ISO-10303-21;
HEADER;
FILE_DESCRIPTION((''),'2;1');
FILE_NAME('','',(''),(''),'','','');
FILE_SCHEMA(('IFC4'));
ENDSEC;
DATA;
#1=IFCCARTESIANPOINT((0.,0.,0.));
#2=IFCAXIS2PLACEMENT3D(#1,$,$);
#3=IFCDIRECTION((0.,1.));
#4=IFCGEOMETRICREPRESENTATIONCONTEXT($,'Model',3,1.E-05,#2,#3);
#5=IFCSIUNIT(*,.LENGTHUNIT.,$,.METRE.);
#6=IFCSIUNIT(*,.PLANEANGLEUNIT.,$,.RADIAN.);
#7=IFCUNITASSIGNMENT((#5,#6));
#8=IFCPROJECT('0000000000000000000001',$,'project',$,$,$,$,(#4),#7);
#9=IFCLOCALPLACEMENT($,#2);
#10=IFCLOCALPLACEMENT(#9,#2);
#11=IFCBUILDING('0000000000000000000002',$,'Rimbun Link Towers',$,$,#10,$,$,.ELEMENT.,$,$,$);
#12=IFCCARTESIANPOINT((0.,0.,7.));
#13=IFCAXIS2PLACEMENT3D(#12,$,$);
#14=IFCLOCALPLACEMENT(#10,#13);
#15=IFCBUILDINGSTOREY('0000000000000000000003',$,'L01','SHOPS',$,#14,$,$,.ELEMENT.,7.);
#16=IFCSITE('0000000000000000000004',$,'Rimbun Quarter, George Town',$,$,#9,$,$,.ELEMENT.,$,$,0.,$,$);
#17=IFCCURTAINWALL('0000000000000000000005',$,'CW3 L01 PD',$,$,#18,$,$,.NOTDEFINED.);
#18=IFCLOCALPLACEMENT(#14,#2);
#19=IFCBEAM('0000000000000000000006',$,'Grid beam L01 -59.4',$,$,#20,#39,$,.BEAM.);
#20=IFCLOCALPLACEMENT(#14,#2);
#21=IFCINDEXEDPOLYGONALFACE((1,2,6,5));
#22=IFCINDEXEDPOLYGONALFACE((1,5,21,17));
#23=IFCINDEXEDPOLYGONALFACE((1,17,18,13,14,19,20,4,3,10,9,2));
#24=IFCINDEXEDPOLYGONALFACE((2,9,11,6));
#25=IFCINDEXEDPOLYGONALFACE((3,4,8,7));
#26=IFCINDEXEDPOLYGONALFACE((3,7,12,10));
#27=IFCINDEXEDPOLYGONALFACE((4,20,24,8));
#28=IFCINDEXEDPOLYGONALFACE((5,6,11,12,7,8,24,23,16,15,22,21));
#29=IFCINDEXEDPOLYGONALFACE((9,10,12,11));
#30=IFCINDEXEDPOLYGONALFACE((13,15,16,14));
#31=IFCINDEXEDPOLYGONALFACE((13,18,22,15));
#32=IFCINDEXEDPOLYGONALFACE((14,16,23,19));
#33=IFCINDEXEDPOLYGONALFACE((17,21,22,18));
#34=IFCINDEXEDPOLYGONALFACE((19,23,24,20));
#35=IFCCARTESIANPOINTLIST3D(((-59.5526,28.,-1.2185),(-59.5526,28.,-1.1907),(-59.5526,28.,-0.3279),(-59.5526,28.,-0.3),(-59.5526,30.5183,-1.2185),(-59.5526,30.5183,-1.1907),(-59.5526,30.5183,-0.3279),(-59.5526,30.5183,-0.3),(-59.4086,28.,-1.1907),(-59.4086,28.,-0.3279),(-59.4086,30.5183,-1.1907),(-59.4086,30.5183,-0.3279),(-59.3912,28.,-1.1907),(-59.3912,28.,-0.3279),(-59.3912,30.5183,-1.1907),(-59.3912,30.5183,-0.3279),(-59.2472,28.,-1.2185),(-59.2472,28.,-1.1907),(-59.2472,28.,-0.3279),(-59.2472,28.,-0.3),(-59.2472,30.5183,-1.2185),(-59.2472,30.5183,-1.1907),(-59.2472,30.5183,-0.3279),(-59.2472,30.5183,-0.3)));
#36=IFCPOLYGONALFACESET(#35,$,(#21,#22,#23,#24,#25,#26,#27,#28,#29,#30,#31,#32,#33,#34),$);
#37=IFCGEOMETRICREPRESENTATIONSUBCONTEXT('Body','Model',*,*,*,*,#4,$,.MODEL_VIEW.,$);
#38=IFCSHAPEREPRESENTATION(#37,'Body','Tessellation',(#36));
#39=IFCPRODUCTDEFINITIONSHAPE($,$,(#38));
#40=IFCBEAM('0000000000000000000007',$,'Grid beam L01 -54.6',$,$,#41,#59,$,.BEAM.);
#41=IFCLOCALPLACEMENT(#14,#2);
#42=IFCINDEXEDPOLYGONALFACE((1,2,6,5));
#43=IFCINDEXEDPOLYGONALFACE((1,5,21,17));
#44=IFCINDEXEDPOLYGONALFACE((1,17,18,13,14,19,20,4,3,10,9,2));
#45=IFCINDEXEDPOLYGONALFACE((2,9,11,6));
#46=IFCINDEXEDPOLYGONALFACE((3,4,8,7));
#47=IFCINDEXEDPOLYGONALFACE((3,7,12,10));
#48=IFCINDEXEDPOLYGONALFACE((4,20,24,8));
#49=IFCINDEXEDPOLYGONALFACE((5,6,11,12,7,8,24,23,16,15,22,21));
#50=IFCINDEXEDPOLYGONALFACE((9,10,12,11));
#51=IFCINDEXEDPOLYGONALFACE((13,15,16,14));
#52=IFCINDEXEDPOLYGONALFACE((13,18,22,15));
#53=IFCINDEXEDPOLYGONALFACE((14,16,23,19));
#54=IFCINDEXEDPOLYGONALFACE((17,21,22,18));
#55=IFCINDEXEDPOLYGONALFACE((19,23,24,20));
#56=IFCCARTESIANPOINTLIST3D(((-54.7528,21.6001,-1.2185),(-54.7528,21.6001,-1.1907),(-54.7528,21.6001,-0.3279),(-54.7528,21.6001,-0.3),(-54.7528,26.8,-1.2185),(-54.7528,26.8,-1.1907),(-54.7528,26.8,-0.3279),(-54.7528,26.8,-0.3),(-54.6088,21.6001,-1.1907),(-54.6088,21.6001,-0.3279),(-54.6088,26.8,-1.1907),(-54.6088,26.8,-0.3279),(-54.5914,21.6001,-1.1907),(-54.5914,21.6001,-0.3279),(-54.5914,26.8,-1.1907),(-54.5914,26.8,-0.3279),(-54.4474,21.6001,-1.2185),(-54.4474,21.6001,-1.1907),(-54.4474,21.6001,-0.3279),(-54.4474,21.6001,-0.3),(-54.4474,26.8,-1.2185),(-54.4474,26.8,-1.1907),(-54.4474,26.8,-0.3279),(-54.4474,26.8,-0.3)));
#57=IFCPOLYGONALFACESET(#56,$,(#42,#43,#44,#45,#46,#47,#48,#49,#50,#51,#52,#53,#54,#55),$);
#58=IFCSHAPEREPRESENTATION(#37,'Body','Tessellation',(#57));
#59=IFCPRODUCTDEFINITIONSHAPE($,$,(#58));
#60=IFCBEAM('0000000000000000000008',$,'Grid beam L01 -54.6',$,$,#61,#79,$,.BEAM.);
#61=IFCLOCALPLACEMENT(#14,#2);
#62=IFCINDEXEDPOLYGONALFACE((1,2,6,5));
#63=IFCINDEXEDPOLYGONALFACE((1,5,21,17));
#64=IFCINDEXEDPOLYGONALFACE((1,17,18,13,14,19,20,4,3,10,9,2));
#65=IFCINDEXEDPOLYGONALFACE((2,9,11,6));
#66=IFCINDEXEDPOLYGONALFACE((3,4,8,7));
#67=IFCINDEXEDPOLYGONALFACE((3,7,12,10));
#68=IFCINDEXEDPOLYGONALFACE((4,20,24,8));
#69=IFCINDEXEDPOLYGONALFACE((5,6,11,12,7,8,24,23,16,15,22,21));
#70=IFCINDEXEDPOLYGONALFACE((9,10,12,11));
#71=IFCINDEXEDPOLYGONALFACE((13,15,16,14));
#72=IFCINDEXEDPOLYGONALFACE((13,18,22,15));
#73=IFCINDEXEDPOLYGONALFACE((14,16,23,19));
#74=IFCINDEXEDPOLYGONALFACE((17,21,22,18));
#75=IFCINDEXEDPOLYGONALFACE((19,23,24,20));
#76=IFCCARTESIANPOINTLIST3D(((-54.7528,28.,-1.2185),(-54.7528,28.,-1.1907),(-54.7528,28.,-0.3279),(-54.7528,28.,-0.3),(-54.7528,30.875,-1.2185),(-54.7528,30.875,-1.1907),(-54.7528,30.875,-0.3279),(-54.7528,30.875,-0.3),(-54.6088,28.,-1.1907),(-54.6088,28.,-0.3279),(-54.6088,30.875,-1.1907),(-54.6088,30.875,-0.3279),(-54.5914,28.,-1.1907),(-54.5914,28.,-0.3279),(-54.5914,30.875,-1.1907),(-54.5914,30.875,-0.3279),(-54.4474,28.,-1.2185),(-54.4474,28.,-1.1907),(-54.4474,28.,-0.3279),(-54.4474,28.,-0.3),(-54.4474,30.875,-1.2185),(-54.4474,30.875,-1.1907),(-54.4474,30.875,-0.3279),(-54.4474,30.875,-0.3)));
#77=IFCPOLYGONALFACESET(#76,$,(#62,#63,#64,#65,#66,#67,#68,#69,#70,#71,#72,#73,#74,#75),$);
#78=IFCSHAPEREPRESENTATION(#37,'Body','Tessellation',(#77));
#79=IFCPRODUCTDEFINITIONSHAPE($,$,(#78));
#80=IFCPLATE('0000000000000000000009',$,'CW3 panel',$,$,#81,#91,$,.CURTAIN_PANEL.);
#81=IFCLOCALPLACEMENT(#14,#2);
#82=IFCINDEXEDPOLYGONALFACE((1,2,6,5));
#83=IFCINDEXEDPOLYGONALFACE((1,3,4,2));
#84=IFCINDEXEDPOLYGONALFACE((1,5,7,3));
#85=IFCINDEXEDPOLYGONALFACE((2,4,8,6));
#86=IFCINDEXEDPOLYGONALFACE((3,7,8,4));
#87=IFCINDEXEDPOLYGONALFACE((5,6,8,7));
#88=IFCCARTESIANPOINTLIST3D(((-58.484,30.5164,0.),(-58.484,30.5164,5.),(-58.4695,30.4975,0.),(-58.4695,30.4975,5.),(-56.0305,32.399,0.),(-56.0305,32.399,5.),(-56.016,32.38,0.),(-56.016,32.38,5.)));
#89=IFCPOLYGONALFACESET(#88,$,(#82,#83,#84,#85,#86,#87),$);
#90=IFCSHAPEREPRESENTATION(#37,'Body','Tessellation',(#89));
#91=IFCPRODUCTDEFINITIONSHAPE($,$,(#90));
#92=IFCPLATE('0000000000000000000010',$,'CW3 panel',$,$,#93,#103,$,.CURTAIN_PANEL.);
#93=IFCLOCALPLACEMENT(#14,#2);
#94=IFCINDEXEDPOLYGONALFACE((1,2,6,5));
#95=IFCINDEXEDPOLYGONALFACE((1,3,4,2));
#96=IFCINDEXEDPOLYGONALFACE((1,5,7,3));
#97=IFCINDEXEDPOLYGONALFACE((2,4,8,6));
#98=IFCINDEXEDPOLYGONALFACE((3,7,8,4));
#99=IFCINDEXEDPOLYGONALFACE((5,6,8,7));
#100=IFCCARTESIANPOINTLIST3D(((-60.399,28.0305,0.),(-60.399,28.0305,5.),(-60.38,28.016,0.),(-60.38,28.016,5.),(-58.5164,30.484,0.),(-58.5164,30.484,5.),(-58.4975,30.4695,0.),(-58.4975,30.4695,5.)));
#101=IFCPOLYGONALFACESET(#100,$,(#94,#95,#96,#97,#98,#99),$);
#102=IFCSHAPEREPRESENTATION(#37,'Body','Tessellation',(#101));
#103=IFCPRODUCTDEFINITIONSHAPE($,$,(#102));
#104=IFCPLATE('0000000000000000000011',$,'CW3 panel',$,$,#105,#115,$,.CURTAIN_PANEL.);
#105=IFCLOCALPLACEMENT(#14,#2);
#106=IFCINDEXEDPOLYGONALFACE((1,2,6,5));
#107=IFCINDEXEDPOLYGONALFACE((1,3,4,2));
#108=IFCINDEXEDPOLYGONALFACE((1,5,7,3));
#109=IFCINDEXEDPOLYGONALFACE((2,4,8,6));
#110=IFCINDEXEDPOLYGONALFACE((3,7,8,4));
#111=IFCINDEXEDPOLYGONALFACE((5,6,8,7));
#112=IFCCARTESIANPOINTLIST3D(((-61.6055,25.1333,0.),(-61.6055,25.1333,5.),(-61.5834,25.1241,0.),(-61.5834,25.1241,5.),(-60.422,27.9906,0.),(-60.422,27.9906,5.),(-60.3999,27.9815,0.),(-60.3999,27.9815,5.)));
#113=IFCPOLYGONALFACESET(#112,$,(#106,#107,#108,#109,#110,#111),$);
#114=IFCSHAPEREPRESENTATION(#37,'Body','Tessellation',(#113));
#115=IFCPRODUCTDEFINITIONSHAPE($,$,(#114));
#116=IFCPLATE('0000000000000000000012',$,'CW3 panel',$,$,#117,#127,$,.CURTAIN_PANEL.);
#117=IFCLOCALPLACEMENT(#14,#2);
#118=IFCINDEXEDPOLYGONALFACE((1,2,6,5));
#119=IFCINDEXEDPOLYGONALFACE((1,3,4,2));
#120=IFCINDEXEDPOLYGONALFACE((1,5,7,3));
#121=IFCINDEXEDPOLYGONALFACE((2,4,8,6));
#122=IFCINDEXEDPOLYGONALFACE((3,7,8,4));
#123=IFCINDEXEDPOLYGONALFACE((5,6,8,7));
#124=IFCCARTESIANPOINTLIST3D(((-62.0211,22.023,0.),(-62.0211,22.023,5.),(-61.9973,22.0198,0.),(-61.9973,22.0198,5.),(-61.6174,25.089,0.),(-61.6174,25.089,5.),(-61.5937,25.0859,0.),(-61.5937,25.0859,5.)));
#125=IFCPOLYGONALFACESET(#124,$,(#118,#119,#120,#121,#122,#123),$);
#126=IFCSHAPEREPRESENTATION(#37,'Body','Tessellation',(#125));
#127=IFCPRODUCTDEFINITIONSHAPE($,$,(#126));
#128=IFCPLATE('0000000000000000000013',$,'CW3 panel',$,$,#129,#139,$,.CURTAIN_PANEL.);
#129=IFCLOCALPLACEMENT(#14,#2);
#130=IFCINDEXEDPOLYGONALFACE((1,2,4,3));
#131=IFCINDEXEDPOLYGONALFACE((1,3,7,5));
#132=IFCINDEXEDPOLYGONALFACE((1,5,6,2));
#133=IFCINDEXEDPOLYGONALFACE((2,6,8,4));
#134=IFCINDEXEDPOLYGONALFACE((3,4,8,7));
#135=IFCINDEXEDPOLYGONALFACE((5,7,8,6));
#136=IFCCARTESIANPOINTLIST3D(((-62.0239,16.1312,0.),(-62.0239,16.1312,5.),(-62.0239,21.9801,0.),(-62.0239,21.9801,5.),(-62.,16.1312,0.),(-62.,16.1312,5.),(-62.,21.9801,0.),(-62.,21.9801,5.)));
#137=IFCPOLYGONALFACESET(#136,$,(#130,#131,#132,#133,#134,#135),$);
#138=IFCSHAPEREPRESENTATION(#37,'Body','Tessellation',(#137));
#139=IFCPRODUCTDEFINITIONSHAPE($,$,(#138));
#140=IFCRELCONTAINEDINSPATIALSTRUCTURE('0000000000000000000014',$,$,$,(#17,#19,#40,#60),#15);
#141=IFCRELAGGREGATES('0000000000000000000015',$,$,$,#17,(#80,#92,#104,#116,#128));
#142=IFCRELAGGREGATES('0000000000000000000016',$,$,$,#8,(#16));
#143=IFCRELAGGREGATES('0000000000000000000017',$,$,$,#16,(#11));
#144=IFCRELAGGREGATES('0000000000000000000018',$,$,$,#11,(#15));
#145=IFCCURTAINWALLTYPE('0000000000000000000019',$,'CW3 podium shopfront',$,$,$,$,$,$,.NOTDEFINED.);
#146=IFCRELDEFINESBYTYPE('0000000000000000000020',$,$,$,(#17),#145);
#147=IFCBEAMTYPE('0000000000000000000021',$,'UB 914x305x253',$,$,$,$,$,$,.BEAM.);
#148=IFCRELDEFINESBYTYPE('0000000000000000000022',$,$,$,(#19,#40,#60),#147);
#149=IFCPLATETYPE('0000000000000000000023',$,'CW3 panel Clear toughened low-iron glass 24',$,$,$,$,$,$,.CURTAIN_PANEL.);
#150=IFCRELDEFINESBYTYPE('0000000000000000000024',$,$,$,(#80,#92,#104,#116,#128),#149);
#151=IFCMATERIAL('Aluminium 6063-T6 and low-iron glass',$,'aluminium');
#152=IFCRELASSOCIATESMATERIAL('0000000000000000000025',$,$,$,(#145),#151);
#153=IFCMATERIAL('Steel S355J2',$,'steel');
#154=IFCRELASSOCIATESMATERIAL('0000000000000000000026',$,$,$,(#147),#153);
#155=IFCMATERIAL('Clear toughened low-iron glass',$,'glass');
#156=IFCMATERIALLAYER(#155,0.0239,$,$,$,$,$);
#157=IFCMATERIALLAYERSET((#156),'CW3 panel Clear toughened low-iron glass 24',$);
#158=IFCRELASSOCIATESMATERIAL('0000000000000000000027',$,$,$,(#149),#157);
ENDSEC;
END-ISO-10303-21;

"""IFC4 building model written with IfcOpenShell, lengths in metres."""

from ifc_helpers import new_model, si_unit, direction, frame, origin, origin_2d, place, context, subcontext, project, spatial, rectangle, i_section, extrude, material, layer, layer_set, material_profile, profile_set, type_object, element, aggregate, save


model = new_model("IFC4")

# Units and contexts
model_context = context("Model", 3, precision=1e-05, world=origin(), true_north=direction((0.0, 1.0)))
body_context = subcontext(model_context, "Body", "Model", "MODEL_VIEW")
ifc_project = project(units=[si_unit("LENGTHUNIT", "METRE"), si_unit("PLANEANGLEUNIT", "RADIAN")], contexts=[model_context])

# Site, building, storey
site_placement = place(None, origin())
site = spatial("IfcSite", under=ifc_project, at=site_placement, Name="Rimbun Quarter, George Town", CompositionType="ELEMENT", RefElevation=0.0)
building_placement = place(site_placement, origin())
building = spatial("IfcBuilding", under=site, at=building_placement, Name="Rimbun Link Towers", CompositionType="ELEMENT")
storey_placement = place(building_placement, frame((0.0, 0.0, 7.0)))
storey = spatial("IfcBuildingStorey", under=building, at=storey_placement, Name="L01", Description="SHOPS", CompositionType="ELEMENT", Elevation=7.0)

# Curtain wall
ifc_material_1 = material(Name="Aluminium 6063-T6 and low-iron glass", Category="aluminium")
curtain_wall_type = type_object("IfcCurtainWallType", Name="CW3 podium shopfront", PredefinedType="NOTDEFINED", material=ifc_material_1)
curtain_wall_placement = place(storey_placement, origin())
curtain_wall = element("IfcCurtainWall", 1, at=curtain_wall_placement, inside=storey, type_object=curtain_wall_type, Name="CW3 L01 PD", PredefinedType="NOTDEFINED")

# Beams
ifc_material_2 = material(Name="Steel S355J2", Category="steel")
ifc_material_profile_1 = material_profile(ifc_material_2, i_section(OverallWidth=0.3054, OverallDepth=0.9185, WebThickness=0.0173, FlangeThickness=0.0278, at=origin_2d()), Name="UB 914x305x253")
ifc_profile_set_1 = profile_set([ifc_material_profile_1], Name="Steel S355J2")
beam_type_1 = type_object("IfcBeamType", Name="UB 914x305x253", PredefinedType="BEAM", material=ifc_profile_set_1)
beam_1_placement = place(storey_placement, frame((-59.3999, 28.0, -0.7593), z_axis=(0.0, 1.0, 0.0), x_axis=(-1.0, 0.0, 0.0)))
element("IfcBeam", 2, at=beam_1_placement, inside=storey, type_object=beam_type_1, Name="Grid beam L01 -59.4", PredefinedType="BEAM", context=body_context, shape_type="SweptSolid", body=[
    extrude(i_section(OverallWidth=0.3054, OverallDepth=0.9185, WebThickness=0.0173, FlangeThickness=0.0278, at=origin_2d()), origin(), (0.0, 0.0, 1.0), 2.5183),
])
beam_2_placement = place(storey_placement, frame((-54.6001, 21.6001, -0.7593), z_axis=(0.0, 1.0, 0.0), x_axis=(-1.0, 0.0, 0.0)))
element("IfcBeam", 3, at=beam_2_placement, inside=storey, type_object=beam_type_1, Name="Grid beam L01 -54.6", PredefinedType="BEAM", context=body_context, shape_type="SweptSolid", body=[
    extrude(i_section(OverallWidth=0.3054, OverallDepth=0.9185, WebThickness=0.0173, FlangeThickness=0.0278, at=origin_2d()), origin(), (0.0, 0.0, 1.0), 5.2),
])
beam_3_placement = place(storey_placement, frame((-54.6001, 28.0, -0.7593), z_axis=(0.0, 1.0, 0.0), x_axis=(-1.0, 0.0, 0.0)))
element("IfcBeam", 4, at=beam_3_placement, inside=storey, type_object=beam_type_1, Name="Grid beam L01 -54.6", PredefinedType="BEAM", context=body_context, shape_type="SweptSolid", body=[
    extrude(i_section(OverallWidth=0.3054, OverallDepth=0.9185, WebThickness=0.0173, FlangeThickness=0.0278, at=origin_2d()), origin(), (0.0, 0.0, 1.0), 2.875),
])

# Plates
ifc_material_3 = material(Name="Clear toughened low-iron glass", Category="glass")
ifc_layer = layer(ifc_material_3, 0.0239)
ifc_layer_set = layer_set([ifc_layer], Name="CW3 panel Clear toughened low-iron glass 24")
plate_type = type_object("IfcPlateType", Name="CW3 panel Clear toughened low-iron glass 24", PredefinedType="CURTAIN_PANEL", material=ifc_layer_set)
plate_1_placement = place(storey_placement, frame((-57.25, 31.4482, 0.0), z_axis=(0.0, 0.0, 1.0), x_axis=(0.793359, 0.608754, 0.0)))
plate_1 = element("IfcPlate", 5, at=plate_1_placement, type_object=plate_type, Name="CW3 panel", PredefinedType="CURTAIN_PANEL", context=body_context, shape_type="SweptSolid", body=[
    extrude(rectangle(XDim=3.0925, YDim=0.0239, at=origin_2d()), origin(), (0.0, 0.0, 1.0), 5.0),
])
plate_2_placement = place(storey_placement, frame((-59.4482, 29.25, 0.0), z_axis=(0.0, 0.0, 1.0), x_axis=(0.608754, 0.793359, 0.0)))
plate_2 = element("IfcPlate", 6, at=plate_2_placement, type_object=plate_type, Name="CW3 panel", PredefinedType="CURTAIN_PANEL", context=body_context, shape_type="SweptSolid", body=[
    extrude(rectangle(XDim=3.0925, YDim=0.0239, at=origin_2d()), origin(), (0.0, 0.0, 1.0), 5.0),
])
plate_3_placement = place(storey_placement, frame((-61.0027, 26.5574, 0.0), z_axis=(0.0, 0.0, 1.0), x_axis=(0.382679, 0.923881, 0.0)))
plate_3 = element("IfcPlate", 7, at=plate_3_placement, type_object=plate_type, Name="CW3 panel", PredefinedType="CURTAIN_PANEL", context=body_context, shape_type="SweptSolid", body=[
    extrude(rectangle(XDim=3.0928, YDim=0.0239, at=origin_2d()), origin(), (0.0, 0.0, 1.0), 5.0),
])
plate_4_placement = place(storey_placement, frame((-61.8074, 23.5544, 0.0), z_axis=(0.0, 0.0, 1.0), x_axis=(0.13053, 0.991444, 0.0)))
plate_4 = element("IfcPlate", 8, at=plate_4_placement, type_object=plate_type, Name="CW3 panel", PredefinedType="CURTAIN_PANEL", context=body_context, shape_type="SweptSolid", body=[
    extrude(rectangle(XDim=3.0925, YDim=0.0239, at=origin_2d()), origin(), (0.0, 0.0, 1.0), 5.0),
])
plate_5_placement = place(storey_placement, frame((-62.012, 19.0557, 0.0), z_axis=(0.0, 0.0, 1.0), x_axis=(0.0, 1.0, 0.0)))
plate_5 = element("IfcPlate", 9, at=plate_5_placement, type_object=plate_type, Name="CW3 panel", PredefinedType="CURTAIN_PANEL", context=body_context, shape_type="SweptSolid", body=[
    extrude(rectangle(XDim=5.8489, YDim=0.0239, at=origin_2d()), origin(), (0.0, 0.0, 1.0), 5.0),
])
aggregate(curtain_wall, [plate_1, plate_2, plate_3, plate_4, plate_5])

save(model, "model.ifc")
